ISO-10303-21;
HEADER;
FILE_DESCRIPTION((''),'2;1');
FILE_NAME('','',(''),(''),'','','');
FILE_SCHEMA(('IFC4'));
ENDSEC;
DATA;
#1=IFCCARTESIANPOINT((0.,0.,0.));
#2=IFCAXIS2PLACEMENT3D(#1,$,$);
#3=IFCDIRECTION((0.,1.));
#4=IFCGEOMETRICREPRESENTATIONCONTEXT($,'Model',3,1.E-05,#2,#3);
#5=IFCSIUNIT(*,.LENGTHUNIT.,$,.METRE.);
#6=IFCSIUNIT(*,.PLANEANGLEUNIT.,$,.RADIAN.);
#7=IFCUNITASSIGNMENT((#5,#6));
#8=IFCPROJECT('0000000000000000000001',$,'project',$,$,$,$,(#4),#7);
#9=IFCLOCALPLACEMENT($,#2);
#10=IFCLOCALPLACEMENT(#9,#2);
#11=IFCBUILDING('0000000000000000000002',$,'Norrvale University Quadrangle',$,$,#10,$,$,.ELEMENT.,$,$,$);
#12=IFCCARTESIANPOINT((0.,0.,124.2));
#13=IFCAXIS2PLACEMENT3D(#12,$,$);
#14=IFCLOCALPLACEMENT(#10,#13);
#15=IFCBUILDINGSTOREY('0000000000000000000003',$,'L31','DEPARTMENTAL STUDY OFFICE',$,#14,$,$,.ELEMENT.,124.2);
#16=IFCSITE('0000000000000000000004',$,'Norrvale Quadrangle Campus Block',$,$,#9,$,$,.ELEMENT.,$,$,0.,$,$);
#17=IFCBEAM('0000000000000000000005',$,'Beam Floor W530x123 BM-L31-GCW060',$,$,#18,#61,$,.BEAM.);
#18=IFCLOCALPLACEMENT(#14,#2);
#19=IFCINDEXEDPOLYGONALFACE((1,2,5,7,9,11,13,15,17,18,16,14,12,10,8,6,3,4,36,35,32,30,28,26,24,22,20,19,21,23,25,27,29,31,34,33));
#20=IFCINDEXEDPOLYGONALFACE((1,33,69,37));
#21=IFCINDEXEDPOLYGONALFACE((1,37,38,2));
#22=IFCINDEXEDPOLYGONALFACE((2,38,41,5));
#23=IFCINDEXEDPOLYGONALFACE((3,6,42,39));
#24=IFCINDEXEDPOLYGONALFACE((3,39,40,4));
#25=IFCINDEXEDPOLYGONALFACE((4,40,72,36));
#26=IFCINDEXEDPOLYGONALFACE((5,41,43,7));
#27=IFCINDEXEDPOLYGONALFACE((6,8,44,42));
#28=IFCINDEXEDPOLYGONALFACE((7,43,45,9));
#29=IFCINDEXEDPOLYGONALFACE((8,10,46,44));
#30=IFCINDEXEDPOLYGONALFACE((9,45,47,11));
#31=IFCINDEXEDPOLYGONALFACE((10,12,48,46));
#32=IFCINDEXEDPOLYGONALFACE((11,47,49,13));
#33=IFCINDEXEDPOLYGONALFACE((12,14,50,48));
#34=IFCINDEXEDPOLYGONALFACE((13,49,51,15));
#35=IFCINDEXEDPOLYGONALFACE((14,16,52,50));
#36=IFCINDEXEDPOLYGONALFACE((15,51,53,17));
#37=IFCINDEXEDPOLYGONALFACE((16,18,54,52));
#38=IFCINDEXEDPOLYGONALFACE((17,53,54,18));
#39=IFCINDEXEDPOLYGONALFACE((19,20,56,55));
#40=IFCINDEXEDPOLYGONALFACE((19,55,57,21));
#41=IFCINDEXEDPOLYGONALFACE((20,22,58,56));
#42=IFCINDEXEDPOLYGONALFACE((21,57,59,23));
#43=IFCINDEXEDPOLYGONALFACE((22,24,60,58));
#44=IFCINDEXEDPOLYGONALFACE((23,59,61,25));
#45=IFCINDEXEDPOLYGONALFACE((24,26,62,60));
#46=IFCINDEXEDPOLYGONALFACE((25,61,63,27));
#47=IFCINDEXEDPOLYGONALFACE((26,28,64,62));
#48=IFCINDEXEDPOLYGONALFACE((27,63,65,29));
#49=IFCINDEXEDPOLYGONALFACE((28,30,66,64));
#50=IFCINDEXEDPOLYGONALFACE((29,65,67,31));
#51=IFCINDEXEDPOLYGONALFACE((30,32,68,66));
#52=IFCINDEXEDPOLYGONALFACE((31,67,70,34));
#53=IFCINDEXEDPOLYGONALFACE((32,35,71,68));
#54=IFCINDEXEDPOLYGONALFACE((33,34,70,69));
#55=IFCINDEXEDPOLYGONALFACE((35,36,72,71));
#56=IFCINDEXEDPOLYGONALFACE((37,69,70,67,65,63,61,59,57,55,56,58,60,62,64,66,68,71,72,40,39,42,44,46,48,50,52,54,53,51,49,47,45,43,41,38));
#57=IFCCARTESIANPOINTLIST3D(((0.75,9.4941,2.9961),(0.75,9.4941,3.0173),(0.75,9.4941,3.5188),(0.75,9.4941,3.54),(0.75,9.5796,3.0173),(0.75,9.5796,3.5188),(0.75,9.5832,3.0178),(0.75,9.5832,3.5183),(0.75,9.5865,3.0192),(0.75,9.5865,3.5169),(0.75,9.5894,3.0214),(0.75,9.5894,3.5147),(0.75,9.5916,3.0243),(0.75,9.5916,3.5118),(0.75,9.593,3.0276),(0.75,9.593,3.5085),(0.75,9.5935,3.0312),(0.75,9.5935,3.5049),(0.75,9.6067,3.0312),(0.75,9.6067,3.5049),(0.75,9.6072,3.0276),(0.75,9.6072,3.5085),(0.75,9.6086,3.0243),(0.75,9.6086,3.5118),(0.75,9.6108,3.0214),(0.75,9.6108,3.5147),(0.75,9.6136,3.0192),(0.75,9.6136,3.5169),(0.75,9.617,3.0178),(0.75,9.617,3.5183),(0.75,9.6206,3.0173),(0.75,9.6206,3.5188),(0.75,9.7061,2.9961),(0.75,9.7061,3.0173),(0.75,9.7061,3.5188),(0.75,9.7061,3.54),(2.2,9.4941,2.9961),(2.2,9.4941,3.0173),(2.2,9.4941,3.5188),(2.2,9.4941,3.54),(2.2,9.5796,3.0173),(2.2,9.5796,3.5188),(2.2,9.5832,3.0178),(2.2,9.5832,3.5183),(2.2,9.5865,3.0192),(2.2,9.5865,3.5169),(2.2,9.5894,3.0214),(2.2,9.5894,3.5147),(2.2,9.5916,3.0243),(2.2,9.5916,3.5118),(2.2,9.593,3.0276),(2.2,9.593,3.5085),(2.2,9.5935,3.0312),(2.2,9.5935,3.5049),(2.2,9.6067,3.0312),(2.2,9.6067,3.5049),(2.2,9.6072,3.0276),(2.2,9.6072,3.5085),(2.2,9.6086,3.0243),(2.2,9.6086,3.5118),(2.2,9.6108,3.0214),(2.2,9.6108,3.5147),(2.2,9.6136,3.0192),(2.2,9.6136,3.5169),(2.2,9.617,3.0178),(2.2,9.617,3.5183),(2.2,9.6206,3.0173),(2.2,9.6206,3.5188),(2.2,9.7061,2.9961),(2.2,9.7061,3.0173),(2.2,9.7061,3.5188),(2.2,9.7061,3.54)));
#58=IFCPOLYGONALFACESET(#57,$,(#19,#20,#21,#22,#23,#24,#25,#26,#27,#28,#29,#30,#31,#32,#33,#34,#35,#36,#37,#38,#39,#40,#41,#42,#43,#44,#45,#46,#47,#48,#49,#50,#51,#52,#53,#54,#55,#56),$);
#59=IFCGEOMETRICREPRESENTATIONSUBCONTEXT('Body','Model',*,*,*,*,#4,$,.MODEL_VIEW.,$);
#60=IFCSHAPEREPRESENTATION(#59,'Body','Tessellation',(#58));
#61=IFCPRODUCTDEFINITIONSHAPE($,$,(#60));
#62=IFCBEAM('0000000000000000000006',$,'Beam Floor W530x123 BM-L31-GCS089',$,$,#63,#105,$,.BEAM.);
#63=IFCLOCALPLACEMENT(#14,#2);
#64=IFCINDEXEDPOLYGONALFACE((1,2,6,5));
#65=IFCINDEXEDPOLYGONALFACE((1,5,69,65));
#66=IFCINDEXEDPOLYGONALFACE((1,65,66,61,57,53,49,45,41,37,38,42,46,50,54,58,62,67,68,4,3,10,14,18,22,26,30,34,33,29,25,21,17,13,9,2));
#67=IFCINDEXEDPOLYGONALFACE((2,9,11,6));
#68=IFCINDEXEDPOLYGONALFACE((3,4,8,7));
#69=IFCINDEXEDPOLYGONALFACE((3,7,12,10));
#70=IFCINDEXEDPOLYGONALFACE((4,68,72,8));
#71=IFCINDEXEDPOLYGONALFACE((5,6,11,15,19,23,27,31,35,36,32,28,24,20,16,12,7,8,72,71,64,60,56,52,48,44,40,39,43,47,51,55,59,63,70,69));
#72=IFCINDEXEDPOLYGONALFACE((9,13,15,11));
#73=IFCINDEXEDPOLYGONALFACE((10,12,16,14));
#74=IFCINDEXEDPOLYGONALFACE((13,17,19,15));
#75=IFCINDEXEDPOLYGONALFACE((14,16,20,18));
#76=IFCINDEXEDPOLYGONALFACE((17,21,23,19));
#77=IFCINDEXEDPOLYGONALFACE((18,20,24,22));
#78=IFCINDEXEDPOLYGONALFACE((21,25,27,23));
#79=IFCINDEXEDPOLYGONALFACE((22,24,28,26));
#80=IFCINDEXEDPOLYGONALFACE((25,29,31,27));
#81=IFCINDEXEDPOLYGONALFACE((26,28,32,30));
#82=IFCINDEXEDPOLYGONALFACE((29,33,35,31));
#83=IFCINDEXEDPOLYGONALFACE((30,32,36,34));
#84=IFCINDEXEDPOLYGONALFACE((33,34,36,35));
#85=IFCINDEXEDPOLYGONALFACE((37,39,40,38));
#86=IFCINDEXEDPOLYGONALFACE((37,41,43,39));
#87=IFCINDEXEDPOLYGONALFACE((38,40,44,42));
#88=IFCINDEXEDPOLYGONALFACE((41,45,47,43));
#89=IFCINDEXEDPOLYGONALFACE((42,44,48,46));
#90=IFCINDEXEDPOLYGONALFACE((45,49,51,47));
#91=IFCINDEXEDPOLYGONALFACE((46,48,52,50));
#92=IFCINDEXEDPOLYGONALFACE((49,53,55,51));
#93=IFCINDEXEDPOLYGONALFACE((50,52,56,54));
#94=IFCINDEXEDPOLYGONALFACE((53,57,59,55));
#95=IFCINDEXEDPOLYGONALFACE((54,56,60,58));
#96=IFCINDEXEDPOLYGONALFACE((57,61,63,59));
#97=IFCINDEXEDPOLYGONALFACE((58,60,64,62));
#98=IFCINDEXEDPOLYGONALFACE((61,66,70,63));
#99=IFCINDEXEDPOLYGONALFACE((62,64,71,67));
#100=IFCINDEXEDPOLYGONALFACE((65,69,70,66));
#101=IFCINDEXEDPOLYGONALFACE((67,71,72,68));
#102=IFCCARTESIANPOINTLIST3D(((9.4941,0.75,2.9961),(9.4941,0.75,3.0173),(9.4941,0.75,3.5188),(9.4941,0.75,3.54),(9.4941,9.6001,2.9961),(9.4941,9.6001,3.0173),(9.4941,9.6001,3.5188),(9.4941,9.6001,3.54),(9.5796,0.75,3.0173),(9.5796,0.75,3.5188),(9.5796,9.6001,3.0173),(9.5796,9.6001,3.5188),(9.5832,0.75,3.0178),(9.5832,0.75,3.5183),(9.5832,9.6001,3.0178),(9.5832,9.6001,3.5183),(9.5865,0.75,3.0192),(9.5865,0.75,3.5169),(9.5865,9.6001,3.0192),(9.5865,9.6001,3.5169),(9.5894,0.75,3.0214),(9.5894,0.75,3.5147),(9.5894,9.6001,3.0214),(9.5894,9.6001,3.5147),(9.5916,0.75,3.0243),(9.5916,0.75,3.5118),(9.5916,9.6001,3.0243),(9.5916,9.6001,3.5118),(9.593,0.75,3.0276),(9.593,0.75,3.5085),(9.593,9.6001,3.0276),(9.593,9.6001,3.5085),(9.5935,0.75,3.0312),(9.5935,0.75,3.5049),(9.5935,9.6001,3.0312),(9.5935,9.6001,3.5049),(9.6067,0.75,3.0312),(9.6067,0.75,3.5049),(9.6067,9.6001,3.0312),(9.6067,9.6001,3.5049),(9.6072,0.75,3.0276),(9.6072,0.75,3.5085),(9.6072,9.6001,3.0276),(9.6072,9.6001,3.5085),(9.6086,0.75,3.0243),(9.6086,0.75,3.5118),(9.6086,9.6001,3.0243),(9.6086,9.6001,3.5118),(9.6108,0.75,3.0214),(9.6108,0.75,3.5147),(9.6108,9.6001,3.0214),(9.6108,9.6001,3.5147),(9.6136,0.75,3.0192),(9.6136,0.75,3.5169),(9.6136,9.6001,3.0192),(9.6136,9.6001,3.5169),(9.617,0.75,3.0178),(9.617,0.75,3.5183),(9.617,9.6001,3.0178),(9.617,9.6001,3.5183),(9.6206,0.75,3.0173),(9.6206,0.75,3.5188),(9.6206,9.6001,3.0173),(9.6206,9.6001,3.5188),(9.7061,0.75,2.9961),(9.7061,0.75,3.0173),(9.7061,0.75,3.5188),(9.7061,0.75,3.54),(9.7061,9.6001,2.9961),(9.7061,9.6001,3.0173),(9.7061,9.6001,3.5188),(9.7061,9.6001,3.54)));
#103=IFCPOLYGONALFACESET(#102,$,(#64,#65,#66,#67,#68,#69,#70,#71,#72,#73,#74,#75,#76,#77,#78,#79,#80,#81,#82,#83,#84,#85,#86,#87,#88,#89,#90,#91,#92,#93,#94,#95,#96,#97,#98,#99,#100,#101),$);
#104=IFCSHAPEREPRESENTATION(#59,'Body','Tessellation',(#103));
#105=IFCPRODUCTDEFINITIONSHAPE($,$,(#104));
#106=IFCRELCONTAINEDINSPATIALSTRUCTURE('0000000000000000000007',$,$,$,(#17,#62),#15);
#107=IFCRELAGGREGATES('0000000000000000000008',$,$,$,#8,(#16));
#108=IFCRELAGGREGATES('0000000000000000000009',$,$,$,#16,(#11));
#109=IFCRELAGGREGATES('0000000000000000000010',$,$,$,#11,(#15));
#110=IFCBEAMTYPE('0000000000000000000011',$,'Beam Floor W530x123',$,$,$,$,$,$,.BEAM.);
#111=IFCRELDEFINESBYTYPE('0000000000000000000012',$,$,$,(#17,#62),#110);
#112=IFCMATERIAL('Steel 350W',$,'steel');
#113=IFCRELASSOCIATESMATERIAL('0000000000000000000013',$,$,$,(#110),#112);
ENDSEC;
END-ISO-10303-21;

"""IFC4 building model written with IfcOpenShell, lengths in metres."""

from ifc_helpers import new_model, si_unit, direction, frame, origin, origin_2d, place, context, subcontext, project, spatial, i_section, extrude, material, material_profile, profile_set, type_object, element, save


model = new_model("IFC4")

# Units and contexts
model_context = context("Model", 3, precision=1e-05, world=origin(), true_north=direction((0.0, 1.0)))
body_context = subcontext(model_context, "Body", "Model", "MODEL_VIEW")
ifc_project = project(units=[si_unit("LENGTHUNIT", "METRE"), si_unit("PLANEANGLEUNIT", "RADIAN")], contexts=[model_context])

# Site, building, storey
site_placement = place(None, origin())
site = spatial("IfcSite", under=ifc_project, at=site_placement, Name="Norrvale Quadrangle Campus Block", CompositionType="ELEMENT", RefElevation=0.0)
building_placement = place(site_placement, origin())
building = spatial("IfcBuilding", under=site, at=building_placement, Name="Norrvale University Quadrangle", CompositionType="ELEMENT")
storey_placement = place(building_placement, frame((0.0, 0.0, 124.2)))
storey = spatial("IfcBuildingStorey", under=building, at=storey_placement, Name="L31", Description="DEPARTMENTAL STUDY OFFICE", CompositionType="ELEMENT", Elevation=124.2)

# Beams
ifc_material_1 = material(Name="Steel 350W", Category="steel")
ifc_material_profile_1 = material_profile(ifc_material_1, i_section(OverallWidth=0.2119, OverallDepth=0.5439, WebThickness=0.0132, FlangeThickness=0.0212, FilletRadius=0.0139, at=origin_2d()), Name="Steel 350W")
ifc_profile_set_1 = profile_set([ifc_material_profile_1], Name="Steel 350W")
beam_type_1 = type_object("IfcBeamType", Name="Beam Floor W530x123", PredefinedType="BEAM", material=ifc_profile_set_1)
beam_1_placement = place(storey_placement, frame((0.75, 9.6001, 3.2681), z_axis=(1.0, 0.0, 0.0), x_axis=(0.0, 1.0, 0.0)))
element("IfcBeam", 1, at=beam_1_placement, inside=storey, type_object=beam_type_1, Name="Beam Floor W530x123 BM-L31-GCW060", PredefinedType="BEAM", context=body_context, shape_type="SweptSolid", body=[
    extrude(i_section(OverallWidth=0.2119, OverallDepth=0.5439, WebThickness=0.0132, FlangeThickness=0.0212, FilletRadius=0.0139, at=origin_2d()), origin(), (0.0, 0.0, 1.0), 1.45),
])
beam_2_placement = place(storey_placement, frame((9.6001, 0.75, 3.2681), z_axis=(0.0, 1.0, 0.0), x_axis=(-1.0, 0.0, 0.0)))
element("IfcBeam", 2, at=beam_2_placement, inside=storey, type_object=beam_type_1, Name="Beam Floor W530x123 BM-L31-GCS089", PredefinedType="BEAM", context=body_context, shape_type="SweptSolid", body=[
    extrude(i_section(OverallWidth=0.2119, OverallDepth=0.5439, WebThickness=0.0132, FlangeThickness=0.0212, FilletRadius=0.0139, at=origin_2d()), origin(), (0.0, 0.0, 1.0), 8.8501),
])

save(model, "model.ifc")
